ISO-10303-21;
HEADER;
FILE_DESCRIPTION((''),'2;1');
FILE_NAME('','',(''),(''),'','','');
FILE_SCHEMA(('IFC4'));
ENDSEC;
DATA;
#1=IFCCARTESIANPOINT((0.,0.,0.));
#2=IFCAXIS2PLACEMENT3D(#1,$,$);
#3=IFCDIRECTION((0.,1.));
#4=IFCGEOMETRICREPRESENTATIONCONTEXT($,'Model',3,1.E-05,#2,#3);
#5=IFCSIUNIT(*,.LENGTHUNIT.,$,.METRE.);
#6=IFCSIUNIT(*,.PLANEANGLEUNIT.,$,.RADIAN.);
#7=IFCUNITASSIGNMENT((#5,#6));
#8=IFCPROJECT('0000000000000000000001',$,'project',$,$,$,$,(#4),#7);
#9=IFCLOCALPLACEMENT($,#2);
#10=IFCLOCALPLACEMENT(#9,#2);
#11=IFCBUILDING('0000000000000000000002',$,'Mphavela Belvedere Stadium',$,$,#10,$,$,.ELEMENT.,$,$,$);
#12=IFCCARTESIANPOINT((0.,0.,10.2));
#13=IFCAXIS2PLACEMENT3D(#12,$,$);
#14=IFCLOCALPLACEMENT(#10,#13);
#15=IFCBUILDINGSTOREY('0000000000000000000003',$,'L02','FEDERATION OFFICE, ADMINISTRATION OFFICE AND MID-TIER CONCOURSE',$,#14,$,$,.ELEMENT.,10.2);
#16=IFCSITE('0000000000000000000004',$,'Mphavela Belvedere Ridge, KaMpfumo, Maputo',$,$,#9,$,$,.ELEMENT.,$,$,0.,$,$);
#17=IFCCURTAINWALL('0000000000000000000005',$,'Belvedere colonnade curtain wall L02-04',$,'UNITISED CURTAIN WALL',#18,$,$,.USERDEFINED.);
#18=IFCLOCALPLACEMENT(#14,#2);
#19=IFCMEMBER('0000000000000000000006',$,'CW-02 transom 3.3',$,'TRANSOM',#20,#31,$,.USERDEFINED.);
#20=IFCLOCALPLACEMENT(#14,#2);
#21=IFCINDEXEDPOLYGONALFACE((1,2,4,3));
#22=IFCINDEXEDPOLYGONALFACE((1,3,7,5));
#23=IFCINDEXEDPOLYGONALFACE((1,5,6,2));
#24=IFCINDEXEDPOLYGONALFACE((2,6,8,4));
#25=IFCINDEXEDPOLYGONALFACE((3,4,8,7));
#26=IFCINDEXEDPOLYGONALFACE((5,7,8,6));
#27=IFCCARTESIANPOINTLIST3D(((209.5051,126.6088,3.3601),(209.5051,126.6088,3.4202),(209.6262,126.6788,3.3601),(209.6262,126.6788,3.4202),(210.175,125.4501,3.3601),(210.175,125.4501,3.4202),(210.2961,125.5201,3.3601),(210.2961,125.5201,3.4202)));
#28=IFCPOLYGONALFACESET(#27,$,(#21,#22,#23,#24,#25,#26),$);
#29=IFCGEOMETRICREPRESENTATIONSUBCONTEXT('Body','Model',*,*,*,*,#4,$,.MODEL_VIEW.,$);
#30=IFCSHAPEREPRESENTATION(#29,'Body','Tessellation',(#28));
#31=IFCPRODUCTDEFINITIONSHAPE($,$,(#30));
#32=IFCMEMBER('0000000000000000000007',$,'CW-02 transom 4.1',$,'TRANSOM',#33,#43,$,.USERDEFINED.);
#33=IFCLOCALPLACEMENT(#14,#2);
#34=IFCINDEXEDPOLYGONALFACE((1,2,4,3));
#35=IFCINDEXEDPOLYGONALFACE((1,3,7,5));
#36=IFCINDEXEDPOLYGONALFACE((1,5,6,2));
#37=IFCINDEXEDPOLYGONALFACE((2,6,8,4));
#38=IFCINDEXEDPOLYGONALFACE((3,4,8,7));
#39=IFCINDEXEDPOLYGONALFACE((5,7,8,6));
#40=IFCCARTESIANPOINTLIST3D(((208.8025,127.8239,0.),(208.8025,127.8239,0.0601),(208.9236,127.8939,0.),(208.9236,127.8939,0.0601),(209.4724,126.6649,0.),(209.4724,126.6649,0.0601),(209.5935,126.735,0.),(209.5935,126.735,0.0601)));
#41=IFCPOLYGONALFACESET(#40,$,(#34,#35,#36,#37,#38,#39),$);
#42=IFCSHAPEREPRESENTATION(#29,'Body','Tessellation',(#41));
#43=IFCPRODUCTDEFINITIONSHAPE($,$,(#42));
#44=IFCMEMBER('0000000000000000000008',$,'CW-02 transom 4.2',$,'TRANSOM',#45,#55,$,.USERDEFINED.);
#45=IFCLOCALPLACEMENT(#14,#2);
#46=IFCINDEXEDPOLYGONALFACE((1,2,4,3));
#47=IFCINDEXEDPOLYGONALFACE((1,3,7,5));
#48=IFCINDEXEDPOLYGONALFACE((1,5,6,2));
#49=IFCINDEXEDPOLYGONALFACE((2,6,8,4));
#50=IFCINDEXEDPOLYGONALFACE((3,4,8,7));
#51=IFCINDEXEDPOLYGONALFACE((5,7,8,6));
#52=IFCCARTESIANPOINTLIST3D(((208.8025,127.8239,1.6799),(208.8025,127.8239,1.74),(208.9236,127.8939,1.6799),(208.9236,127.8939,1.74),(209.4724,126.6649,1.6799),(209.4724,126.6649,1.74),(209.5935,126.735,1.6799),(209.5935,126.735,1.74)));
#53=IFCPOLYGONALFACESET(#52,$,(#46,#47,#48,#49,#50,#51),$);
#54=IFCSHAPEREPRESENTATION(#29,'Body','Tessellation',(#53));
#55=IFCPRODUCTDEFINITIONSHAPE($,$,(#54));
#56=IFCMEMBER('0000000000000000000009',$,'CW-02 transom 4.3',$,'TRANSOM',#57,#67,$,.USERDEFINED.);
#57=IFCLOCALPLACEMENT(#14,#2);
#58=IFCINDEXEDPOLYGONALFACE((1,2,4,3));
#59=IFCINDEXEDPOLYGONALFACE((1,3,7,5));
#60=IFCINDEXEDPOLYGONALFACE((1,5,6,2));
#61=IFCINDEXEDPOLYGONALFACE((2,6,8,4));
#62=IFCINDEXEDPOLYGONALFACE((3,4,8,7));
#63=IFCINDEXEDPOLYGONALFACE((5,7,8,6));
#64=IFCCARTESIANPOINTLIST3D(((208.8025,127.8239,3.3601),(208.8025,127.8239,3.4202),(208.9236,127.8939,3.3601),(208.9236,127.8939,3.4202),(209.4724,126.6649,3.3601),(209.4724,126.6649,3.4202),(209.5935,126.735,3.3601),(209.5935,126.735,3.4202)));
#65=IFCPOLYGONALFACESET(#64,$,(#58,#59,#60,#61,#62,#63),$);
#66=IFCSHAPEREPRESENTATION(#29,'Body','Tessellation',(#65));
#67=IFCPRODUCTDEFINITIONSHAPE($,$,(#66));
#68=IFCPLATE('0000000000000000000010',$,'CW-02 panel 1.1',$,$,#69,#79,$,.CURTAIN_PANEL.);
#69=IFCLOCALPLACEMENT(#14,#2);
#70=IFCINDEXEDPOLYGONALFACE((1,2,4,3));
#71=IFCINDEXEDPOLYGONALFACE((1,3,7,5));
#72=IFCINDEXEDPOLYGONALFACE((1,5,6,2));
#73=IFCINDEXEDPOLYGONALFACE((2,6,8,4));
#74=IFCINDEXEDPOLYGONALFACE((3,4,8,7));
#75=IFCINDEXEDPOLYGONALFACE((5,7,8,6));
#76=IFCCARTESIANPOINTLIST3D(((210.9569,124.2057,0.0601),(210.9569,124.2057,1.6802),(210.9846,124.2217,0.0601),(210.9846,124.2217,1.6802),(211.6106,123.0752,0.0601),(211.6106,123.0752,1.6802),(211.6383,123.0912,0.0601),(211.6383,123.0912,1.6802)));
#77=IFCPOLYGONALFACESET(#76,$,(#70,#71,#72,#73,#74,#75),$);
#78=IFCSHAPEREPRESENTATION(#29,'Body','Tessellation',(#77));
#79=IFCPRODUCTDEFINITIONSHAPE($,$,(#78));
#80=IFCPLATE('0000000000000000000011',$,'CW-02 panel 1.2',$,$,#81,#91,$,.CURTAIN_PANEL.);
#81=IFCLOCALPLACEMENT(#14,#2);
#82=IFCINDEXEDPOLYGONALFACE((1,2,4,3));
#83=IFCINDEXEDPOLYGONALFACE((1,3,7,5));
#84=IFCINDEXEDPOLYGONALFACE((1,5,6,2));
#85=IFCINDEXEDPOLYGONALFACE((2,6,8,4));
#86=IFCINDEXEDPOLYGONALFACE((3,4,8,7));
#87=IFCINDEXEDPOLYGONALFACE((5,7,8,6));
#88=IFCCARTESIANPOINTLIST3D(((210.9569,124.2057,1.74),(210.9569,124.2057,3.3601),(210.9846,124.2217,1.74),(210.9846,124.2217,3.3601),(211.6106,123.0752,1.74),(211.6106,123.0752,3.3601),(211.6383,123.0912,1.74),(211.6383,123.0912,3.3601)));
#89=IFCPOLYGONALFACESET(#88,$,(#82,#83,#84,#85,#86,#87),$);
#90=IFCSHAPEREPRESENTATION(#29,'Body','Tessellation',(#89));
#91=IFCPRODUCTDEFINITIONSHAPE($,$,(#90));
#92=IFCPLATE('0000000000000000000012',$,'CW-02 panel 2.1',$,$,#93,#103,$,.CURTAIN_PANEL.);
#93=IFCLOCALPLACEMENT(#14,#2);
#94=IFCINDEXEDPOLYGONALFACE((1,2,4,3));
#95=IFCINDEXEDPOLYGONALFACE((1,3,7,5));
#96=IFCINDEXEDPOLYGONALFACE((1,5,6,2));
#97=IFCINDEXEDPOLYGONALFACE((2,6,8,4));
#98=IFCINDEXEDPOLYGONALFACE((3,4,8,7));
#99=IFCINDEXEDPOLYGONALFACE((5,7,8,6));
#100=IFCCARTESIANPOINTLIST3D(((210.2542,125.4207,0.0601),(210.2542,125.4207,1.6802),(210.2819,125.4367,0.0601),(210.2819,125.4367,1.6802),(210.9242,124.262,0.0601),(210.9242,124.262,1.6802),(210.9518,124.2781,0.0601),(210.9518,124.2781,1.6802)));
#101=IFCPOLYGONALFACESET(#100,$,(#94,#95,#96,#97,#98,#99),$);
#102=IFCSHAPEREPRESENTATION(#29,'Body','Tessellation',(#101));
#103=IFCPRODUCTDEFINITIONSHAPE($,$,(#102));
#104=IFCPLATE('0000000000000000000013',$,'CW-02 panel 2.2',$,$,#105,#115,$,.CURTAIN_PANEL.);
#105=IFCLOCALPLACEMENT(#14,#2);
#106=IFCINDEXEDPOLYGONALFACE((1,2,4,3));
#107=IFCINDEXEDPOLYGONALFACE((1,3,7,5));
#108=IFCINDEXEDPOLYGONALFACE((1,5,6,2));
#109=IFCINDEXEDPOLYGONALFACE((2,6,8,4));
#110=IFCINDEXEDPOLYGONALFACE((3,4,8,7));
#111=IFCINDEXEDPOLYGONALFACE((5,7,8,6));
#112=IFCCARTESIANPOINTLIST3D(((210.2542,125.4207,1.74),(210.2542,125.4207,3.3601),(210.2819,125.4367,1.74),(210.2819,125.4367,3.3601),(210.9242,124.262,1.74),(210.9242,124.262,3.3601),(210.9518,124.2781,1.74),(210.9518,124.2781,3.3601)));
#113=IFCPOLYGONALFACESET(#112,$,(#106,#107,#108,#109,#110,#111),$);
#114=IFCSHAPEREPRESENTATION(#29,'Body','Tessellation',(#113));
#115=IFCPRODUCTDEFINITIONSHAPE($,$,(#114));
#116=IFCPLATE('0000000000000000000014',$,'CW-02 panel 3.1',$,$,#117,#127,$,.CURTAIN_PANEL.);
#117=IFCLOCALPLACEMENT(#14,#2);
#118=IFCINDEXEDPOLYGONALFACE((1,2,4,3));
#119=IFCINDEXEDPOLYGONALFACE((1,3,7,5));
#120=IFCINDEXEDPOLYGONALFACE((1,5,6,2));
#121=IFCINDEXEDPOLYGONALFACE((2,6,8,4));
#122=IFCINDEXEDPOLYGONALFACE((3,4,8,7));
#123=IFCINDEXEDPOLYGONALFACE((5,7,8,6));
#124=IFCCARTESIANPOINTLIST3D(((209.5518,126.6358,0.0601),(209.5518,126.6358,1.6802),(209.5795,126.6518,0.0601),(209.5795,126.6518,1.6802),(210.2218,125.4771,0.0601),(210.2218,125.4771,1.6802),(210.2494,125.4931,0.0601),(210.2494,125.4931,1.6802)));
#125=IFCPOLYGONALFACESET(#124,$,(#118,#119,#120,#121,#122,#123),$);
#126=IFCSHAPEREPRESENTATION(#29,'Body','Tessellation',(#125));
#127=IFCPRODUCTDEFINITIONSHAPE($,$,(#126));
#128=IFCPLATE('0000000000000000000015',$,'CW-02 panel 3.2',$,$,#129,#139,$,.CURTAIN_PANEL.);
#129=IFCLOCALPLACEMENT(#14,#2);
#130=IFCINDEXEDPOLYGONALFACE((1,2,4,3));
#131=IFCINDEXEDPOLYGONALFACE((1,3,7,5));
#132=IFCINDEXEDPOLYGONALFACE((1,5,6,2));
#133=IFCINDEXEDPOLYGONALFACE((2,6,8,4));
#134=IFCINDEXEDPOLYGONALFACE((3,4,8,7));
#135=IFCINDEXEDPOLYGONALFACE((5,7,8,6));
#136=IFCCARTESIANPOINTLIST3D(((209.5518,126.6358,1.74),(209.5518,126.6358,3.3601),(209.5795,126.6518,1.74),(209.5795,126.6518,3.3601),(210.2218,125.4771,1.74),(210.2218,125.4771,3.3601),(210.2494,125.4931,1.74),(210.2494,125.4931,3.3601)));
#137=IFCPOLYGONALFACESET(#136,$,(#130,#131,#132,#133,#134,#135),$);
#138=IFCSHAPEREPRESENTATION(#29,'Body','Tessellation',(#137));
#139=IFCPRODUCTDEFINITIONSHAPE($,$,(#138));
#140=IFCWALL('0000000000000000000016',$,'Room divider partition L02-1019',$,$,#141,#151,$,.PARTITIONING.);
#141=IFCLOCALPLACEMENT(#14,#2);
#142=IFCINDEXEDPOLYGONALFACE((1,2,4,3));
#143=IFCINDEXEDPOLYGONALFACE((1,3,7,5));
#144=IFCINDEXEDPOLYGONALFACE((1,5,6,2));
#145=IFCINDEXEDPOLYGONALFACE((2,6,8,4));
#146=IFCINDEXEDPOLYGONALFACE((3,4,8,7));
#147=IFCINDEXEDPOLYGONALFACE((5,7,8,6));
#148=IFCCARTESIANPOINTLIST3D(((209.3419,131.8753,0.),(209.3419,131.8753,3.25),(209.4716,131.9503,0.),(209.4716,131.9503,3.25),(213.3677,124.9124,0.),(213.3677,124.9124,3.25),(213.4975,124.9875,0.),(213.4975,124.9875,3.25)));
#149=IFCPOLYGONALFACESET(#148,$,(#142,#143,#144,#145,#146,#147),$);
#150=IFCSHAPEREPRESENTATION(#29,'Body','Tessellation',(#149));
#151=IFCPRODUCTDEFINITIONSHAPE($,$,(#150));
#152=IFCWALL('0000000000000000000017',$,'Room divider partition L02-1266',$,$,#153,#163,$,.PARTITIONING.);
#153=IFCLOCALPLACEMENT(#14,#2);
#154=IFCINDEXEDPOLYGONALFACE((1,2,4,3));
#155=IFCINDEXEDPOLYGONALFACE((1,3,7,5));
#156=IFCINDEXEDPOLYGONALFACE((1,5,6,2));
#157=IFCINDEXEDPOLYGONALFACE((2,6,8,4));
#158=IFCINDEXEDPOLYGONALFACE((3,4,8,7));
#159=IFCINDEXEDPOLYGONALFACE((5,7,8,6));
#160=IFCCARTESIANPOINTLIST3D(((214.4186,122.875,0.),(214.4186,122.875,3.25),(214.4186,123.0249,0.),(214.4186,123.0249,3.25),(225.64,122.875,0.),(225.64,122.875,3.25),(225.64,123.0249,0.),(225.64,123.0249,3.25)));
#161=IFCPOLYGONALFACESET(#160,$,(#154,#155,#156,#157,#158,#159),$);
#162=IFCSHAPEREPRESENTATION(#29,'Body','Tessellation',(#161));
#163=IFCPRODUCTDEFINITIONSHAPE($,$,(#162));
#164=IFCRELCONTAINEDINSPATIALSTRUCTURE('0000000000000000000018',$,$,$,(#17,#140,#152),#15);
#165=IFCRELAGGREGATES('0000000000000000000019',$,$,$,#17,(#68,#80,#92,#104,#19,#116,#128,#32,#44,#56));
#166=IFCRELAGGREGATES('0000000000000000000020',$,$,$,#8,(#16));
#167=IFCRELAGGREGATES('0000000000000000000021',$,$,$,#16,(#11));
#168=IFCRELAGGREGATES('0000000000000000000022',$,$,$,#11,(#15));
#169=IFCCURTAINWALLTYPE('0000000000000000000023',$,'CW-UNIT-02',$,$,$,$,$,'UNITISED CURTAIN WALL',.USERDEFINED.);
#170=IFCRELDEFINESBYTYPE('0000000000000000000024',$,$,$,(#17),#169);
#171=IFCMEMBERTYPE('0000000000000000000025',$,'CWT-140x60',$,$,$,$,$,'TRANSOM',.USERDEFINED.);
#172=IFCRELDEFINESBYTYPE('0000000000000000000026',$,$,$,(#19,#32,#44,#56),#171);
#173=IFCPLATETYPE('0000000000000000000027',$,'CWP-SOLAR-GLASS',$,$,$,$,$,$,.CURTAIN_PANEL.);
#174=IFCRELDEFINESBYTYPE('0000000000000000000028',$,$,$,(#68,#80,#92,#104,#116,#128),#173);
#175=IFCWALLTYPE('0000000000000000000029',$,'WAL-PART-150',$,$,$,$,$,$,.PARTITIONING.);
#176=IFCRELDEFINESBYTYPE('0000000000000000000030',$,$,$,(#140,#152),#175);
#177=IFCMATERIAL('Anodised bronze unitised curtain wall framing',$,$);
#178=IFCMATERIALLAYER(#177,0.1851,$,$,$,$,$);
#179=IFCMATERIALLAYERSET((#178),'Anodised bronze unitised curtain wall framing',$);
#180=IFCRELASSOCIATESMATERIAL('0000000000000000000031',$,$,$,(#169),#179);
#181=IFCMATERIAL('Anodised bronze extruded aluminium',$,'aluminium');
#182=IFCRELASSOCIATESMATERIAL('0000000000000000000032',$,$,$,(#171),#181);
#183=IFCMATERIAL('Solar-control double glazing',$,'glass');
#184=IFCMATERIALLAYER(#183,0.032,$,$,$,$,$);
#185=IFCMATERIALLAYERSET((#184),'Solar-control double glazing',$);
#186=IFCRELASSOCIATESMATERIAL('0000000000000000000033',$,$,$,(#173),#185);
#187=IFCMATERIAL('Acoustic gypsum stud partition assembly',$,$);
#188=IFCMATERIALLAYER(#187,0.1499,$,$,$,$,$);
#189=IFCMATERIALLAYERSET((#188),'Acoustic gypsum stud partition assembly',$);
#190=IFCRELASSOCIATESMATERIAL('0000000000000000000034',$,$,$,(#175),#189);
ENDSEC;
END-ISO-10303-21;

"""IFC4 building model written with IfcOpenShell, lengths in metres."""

from ifc_helpers import new_model, si_unit, direction, frame, frame_2d, origin, origin_2d, place, context, subcontext, project, spatial, rectangle, extrude, material, layer, layer_set, material_profile, profile_set, type_object, element, aggregate, save


model = new_model("IFC4")

# Units and contexts
model_context = context("Model", 3, precision=1e-05, world=origin(), true_north=direction((0.0, 1.0)))
body_context = subcontext(model_context, "Body", "Model", "MODEL_VIEW")
ifc_project = project(units=[si_unit("LENGTHUNIT", "METRE"), si_unit("PLANEANGLEUNIT", "RADIAN")], contexts=[model_context])

# Site, building, storey
site_placement = place(None, origin())
site = spatial("IfcSite", under=ifc_project, at=site_placement, Name="Mphavela Belvedere Ridge, KaMpfumo, Maputo", CompositionType="ELEMENT", RefElevation=0.0)
building_placement = place(site_placement, origin())
building = spatial("IfcBuilding", under=site, at=building_placement, Name="Mphavela Belvedere Stadium", CompositionType="ELEMENT")
storey_placement = place(building_placement, frame((0.0, 0.0, 10.2)))
storey = spatial("IfcBuildingStorey", under=building, at=storey_placement, Name="L02", Description="FEDERATION OFFICE, ADMINISTRATION OFFICE AND MID-TIER CONCOURSE", CompositionType="ELEMENT", Elevation=10.2)

# Curtain wall, members, plates
ifc_material_1 = material(Name="Anodised bronze unitised curtain wall framing")
ifc_layer_1 = layer(ifc_material_1, 0.1851)
ifc_layer_set_1 = layer_set([ifc_layer_1], Name="Anodised bronze unitised curtain wall framing")
curtain_wall_type = type_object("IfcCurtainWallType", Name="CW-UNIT-02", ElementType="UNITISED CURTAIN WALL", PredefinedType="USERDEFINED", material=ifc_layer_set_1)
curtain_wall_placement = place(storey_placement, origin())
curtain_wall = element("IfcCurtainWall", 1, at=curtain_wall_placement, inside=storey, type_object=curtain_wall_type, Name="Belvedere colonnade curtain wall L02-04", ObjectType="UNITISED CURTAIN WALL", PredefinedType="USERDEFINED")
ifc_material_2 = material(Name="Anodised bronze extruded aluminium", Category="aluminium")
ifc_material_profile_1 = material_profile(ifc_material_2, rectangle(XDim=0.1399, YDim=0.0601, at=origin_2d()), Name="CW-TRN 140x60")
ifc_profile_set_1 = profile_set([ifc_material_profile_1], Name="Anodised bronze extruded aluminium")
member_type_1 = type_object("IfcMemberType", Name="CWT-140x60", ElementType="TRANSOM", PredefinedType="USERDEFINED", material=ifc_profile_set_1)
member_1_placement = place(storey_placement, frame((210.2356, 125.4851, 3.3901), z_axis=(-0.500533, 0.865718, 0.0), x_axis=(-0.865718, -0.500533, 0.0)))
member_1 = element("IfcMember", 2, at=member_1_placement, type_object=member_type_1, Name="CW-02 transom 3.3", ObjectType="TRANSOM", PredefinedType="USERDEFINED", context=body_context, shape_type="SweptSolid", body=[
    extrude(rectangle(XDim=0.1399, YDim=0.0601, at=origin_2d()), origin(), (0.0, 0.0, 1.0), 1.3384),
])
member_2_placement = place(storey_placement, frame((209.533, 126.7, 0.03), z_axis=(-0.500454, 0.865763, 0.0), x_axis=(-0.865763, -0.500454, 0.0)))
member_2 = element("IfcMember", 3, at=member_2_placement, type_object=member_type_1, Name="CW-02 transom 4.1", ObjectType="TRANSOM", PredefinedType="USERDEFINED", context=body_context, shape_type="SweptSolid", body=[
    extrude(rectangle(XDim=0.1399, YDim=0.0601, at=origin_2d()), origin(), (0.0, 0.0, 1.0), 1.3386),
])
member_3_placement = place(storey_placement, frame((209.533, 126.7, 1.71), z_axis=(-0.500454, 0.865763, 0.0), x_axis=(-0.865763, -0.500454, 0.0)))
member_3 = element("IfcMember", 4, at=member_3_placement, type_object=member_type_1, Name="CW-02 transom 4.2", ObjectType="TRANSOM", PredefinedType="USERDEFINED", context=body_context, shape_type="SweptSolid", body=[
    extrude(rectangle(XDim=0.1399, YDim=0.0601, at=origin_2d()), origin(), (0.0, 0.0, 1.0), 1.3386),
])
member_4_placement = place(storey_placement, frame((209.533, 126.7, 3.3901), z_axis=(-0.500454, 0.865763, 0.0), x_axis=(-0.865763, -0.500454, 0.0)))
member_4 = element("IfcMember", 5, at=member_4_placement, type_object=member_type_1, Name="CW-02 transom 4.3", ObjectType="TRANSOM", PredefinedType="USERDEFINED", context=body_context, shape_type="SweptSolid", body=[
    extrude(rectangle(XDim=0.1399, YDim=0.0601, at=origin_2d()), origin(), (0.0, 0.0, 1.0), 1.3386),
])
ifc_material_3 = material(Name="Solar-control double glazing", Category="glass")
ifc_layer_2 = layer(ifc_material_3, 0.032)
ifc_layer_set_2 = layer_set([ifc_layer_2], Name="Solar-control double glazing")
plate_type = type_object("IfcPlateType", Name="CWP-SOLAR-GLASS", PredefinedType="CURTAIN_PANEL", material=ifc_layer_set_2)
plate_1_placement = place(storey_placement, frame((211.2976, 123.6484, 0.0601), z_axis=(0.0, 0.0, 1.0), x_axis=(-0.500562, 0.8657, 0.0)))
plate_1 = element("IfcPlate", 6, at=plate_1_placement, type_object=plate_type, Name="CW-02 panel 1.1", PredefinedType="CURTAIN_PANEL", context=body_context, shape_type="SweptSolid", body=[
    extrude(rectangle(XDim=1.3059, YDim=0.032, at=origin_2d()), origin(), (0.0, 0.0, 1.0), 1.6201),
])
plate_2_placement = place(storey_placement, frame((211.2976, 123.6484, 1.74), z_axis=(0.0, 0.0, 1.0), x_axis=(-0.500562, 0.8657, 0.0)))
plate_2 = element("IfcPlate", 7, at=plate_2_placement, type_object=plate_type, Name="CW-02 panel 1.2", PredefinedType="CURTAIN_PANEL", context=body_context, shape_type="SweptSolid", body=[
    extrude(rectangle(XDim=1.3059, YDim=0.032, at=origin_2d()), origin(), (0.0, 0.0, 1.0), 1.6201),
])
plate_3_placement = place(storey_placement, frame((210.603, 124.8494, 0.0601), z_axis=(0.0, 0.0, 1.0), x_axis=(-0.500562, 0.8657, 0.0)))
plate_3 = element("IfcPlate", 8, at=plate_3_placement, type_object=plate_type, Name="CW-02 panel 2.1", PredefinedType="CURTAIN_PANEL", context=body_context, shape_type="SweptSolid", body=[
    extrude(rectangle(XDim=1.3384, YDim=0.032, at=origin_2d()), origin(), (0.0, 0.0, 1.0), 1.6201),
])
plate_4_placement = place(storey_placement, frame((210.603, 124.8494, 1.74), z_axis=(0.0, 0.0, 1.0), x_axis=(-0.500562, 0.8657, 0.0)))
plate_4 = element("IfcPlate", 9, at=plate_4_placement, type_object=plate_type, Name="CW-02 panel 2.2", PredefinedType="CURTAIN_PANEL", context=body_context, shape_type="SweptSolid", body=[
    extrude(rectangle(XDim=1.3384, YDim=0.032, at=origin_2d()), origin(), (0.0, 0.0, 1.0), 1.6201),
])
plate_5_placement = place(storey_placement, frame((209.9006, 126.0645, 0.0601), z_axis=(0.0, 0.0, 1.0), x_axis=(-0.500562, 0.8657, 0.0)))
plate_5 = element("IfcPlate", 10, at=plate_5_placement, type_object=plate_type, Name="CW-02 panel 3.1", PredefinedType="CURTAIN_PANEL", context=body_context, shape_type="SweptSolid", body=[
    extrude(rectangle(XDim=1.3384, YDim=0.032, at=origin_2d()), origin(), (0.0, 0.0, 1.0), 1.6201),
])
plate_6_placement = place(storey_placement, frame((209.9006, 126.0645, 1.74), z_axis=(0.0, 0.0, 1.0), x_axis=(-0.500562, 0.8657, 0.0)))
plate_6 = element("IfcPlate", 11, at=plate_6_placement, type_object=plate_type, Name="CW-02 panel 3.2", PredefinedType="CURTAIN_PANEL", context=body_context, shape_type="SweptSolid", body=[
    extrude(rectangle(XDim=1.3384, YDim=0.032, at=origin_2d()), origin(), (0.0, 0.0, 1.0), 1.6201),
])
aggregate(curtain_wall, [plate_1, plate_2, plate_3, plate_4, member_1, plate_5, plate_6, member_2, member_3, member_4])

# Walls
ifc_material_4 = material(Name="Acoustic gypsum stud partition assembly")
ifc_layer_3 = layer(ifc_material_4, 0.1499)
ifc_layer_set_3 = layer_set([ifc_layer_3], Name="Acoustic gypsum stud partition assembly")
wall_type_1 = type_object("IfcWallType", Name="WAL-PART-150", PredefinedType="PARTITIONING", material=ifc_layer_set_3)
wall_1_placement = place(storey_placement, frame((213.4326, 124.95, 0.0), z_axis=(0.0, 0.0, 1.0), x_axis=(-0.500546, 0.86571, 0.0)))
element("IfcWall", 12, at=wall_1_placement, inside=storey, type_object=wall_type_1, Name="Room divider partition L02-1019", PredefinedType="PARTITIONING", context=body_context, shape_type="SweptSolid", body=[
    extrude(rectangle(XDim=8.043, YDim=0.1499, at=frame_2d((4.0215, 0.0))), origin(), (0.0, 0.0, 1.0), 3.25),
])
wall_2_placement = place(storey_placement, frame((214.4185, 122.95, 0.0), z_axis=(0.0, 0.0, 1.0), x_axis=(1.0, 0.0, 0.0)))
element("IfcWall", 13, at=wall_2_placement, inside=storey, type_object=wall_type_1, Name="Room divider partition L02-1266", PredefinedType="PARTITIONING", context=body_context, shape_type="SweptSolid", body=[
    extrude(rectangle(XDim=11.2214, YDim=0.1499, at=frame_2d((5.6108, 0.0))), origin(), (0.0, 0.0, 1.0), 3.25),
])

save(model, "model.ifc")
